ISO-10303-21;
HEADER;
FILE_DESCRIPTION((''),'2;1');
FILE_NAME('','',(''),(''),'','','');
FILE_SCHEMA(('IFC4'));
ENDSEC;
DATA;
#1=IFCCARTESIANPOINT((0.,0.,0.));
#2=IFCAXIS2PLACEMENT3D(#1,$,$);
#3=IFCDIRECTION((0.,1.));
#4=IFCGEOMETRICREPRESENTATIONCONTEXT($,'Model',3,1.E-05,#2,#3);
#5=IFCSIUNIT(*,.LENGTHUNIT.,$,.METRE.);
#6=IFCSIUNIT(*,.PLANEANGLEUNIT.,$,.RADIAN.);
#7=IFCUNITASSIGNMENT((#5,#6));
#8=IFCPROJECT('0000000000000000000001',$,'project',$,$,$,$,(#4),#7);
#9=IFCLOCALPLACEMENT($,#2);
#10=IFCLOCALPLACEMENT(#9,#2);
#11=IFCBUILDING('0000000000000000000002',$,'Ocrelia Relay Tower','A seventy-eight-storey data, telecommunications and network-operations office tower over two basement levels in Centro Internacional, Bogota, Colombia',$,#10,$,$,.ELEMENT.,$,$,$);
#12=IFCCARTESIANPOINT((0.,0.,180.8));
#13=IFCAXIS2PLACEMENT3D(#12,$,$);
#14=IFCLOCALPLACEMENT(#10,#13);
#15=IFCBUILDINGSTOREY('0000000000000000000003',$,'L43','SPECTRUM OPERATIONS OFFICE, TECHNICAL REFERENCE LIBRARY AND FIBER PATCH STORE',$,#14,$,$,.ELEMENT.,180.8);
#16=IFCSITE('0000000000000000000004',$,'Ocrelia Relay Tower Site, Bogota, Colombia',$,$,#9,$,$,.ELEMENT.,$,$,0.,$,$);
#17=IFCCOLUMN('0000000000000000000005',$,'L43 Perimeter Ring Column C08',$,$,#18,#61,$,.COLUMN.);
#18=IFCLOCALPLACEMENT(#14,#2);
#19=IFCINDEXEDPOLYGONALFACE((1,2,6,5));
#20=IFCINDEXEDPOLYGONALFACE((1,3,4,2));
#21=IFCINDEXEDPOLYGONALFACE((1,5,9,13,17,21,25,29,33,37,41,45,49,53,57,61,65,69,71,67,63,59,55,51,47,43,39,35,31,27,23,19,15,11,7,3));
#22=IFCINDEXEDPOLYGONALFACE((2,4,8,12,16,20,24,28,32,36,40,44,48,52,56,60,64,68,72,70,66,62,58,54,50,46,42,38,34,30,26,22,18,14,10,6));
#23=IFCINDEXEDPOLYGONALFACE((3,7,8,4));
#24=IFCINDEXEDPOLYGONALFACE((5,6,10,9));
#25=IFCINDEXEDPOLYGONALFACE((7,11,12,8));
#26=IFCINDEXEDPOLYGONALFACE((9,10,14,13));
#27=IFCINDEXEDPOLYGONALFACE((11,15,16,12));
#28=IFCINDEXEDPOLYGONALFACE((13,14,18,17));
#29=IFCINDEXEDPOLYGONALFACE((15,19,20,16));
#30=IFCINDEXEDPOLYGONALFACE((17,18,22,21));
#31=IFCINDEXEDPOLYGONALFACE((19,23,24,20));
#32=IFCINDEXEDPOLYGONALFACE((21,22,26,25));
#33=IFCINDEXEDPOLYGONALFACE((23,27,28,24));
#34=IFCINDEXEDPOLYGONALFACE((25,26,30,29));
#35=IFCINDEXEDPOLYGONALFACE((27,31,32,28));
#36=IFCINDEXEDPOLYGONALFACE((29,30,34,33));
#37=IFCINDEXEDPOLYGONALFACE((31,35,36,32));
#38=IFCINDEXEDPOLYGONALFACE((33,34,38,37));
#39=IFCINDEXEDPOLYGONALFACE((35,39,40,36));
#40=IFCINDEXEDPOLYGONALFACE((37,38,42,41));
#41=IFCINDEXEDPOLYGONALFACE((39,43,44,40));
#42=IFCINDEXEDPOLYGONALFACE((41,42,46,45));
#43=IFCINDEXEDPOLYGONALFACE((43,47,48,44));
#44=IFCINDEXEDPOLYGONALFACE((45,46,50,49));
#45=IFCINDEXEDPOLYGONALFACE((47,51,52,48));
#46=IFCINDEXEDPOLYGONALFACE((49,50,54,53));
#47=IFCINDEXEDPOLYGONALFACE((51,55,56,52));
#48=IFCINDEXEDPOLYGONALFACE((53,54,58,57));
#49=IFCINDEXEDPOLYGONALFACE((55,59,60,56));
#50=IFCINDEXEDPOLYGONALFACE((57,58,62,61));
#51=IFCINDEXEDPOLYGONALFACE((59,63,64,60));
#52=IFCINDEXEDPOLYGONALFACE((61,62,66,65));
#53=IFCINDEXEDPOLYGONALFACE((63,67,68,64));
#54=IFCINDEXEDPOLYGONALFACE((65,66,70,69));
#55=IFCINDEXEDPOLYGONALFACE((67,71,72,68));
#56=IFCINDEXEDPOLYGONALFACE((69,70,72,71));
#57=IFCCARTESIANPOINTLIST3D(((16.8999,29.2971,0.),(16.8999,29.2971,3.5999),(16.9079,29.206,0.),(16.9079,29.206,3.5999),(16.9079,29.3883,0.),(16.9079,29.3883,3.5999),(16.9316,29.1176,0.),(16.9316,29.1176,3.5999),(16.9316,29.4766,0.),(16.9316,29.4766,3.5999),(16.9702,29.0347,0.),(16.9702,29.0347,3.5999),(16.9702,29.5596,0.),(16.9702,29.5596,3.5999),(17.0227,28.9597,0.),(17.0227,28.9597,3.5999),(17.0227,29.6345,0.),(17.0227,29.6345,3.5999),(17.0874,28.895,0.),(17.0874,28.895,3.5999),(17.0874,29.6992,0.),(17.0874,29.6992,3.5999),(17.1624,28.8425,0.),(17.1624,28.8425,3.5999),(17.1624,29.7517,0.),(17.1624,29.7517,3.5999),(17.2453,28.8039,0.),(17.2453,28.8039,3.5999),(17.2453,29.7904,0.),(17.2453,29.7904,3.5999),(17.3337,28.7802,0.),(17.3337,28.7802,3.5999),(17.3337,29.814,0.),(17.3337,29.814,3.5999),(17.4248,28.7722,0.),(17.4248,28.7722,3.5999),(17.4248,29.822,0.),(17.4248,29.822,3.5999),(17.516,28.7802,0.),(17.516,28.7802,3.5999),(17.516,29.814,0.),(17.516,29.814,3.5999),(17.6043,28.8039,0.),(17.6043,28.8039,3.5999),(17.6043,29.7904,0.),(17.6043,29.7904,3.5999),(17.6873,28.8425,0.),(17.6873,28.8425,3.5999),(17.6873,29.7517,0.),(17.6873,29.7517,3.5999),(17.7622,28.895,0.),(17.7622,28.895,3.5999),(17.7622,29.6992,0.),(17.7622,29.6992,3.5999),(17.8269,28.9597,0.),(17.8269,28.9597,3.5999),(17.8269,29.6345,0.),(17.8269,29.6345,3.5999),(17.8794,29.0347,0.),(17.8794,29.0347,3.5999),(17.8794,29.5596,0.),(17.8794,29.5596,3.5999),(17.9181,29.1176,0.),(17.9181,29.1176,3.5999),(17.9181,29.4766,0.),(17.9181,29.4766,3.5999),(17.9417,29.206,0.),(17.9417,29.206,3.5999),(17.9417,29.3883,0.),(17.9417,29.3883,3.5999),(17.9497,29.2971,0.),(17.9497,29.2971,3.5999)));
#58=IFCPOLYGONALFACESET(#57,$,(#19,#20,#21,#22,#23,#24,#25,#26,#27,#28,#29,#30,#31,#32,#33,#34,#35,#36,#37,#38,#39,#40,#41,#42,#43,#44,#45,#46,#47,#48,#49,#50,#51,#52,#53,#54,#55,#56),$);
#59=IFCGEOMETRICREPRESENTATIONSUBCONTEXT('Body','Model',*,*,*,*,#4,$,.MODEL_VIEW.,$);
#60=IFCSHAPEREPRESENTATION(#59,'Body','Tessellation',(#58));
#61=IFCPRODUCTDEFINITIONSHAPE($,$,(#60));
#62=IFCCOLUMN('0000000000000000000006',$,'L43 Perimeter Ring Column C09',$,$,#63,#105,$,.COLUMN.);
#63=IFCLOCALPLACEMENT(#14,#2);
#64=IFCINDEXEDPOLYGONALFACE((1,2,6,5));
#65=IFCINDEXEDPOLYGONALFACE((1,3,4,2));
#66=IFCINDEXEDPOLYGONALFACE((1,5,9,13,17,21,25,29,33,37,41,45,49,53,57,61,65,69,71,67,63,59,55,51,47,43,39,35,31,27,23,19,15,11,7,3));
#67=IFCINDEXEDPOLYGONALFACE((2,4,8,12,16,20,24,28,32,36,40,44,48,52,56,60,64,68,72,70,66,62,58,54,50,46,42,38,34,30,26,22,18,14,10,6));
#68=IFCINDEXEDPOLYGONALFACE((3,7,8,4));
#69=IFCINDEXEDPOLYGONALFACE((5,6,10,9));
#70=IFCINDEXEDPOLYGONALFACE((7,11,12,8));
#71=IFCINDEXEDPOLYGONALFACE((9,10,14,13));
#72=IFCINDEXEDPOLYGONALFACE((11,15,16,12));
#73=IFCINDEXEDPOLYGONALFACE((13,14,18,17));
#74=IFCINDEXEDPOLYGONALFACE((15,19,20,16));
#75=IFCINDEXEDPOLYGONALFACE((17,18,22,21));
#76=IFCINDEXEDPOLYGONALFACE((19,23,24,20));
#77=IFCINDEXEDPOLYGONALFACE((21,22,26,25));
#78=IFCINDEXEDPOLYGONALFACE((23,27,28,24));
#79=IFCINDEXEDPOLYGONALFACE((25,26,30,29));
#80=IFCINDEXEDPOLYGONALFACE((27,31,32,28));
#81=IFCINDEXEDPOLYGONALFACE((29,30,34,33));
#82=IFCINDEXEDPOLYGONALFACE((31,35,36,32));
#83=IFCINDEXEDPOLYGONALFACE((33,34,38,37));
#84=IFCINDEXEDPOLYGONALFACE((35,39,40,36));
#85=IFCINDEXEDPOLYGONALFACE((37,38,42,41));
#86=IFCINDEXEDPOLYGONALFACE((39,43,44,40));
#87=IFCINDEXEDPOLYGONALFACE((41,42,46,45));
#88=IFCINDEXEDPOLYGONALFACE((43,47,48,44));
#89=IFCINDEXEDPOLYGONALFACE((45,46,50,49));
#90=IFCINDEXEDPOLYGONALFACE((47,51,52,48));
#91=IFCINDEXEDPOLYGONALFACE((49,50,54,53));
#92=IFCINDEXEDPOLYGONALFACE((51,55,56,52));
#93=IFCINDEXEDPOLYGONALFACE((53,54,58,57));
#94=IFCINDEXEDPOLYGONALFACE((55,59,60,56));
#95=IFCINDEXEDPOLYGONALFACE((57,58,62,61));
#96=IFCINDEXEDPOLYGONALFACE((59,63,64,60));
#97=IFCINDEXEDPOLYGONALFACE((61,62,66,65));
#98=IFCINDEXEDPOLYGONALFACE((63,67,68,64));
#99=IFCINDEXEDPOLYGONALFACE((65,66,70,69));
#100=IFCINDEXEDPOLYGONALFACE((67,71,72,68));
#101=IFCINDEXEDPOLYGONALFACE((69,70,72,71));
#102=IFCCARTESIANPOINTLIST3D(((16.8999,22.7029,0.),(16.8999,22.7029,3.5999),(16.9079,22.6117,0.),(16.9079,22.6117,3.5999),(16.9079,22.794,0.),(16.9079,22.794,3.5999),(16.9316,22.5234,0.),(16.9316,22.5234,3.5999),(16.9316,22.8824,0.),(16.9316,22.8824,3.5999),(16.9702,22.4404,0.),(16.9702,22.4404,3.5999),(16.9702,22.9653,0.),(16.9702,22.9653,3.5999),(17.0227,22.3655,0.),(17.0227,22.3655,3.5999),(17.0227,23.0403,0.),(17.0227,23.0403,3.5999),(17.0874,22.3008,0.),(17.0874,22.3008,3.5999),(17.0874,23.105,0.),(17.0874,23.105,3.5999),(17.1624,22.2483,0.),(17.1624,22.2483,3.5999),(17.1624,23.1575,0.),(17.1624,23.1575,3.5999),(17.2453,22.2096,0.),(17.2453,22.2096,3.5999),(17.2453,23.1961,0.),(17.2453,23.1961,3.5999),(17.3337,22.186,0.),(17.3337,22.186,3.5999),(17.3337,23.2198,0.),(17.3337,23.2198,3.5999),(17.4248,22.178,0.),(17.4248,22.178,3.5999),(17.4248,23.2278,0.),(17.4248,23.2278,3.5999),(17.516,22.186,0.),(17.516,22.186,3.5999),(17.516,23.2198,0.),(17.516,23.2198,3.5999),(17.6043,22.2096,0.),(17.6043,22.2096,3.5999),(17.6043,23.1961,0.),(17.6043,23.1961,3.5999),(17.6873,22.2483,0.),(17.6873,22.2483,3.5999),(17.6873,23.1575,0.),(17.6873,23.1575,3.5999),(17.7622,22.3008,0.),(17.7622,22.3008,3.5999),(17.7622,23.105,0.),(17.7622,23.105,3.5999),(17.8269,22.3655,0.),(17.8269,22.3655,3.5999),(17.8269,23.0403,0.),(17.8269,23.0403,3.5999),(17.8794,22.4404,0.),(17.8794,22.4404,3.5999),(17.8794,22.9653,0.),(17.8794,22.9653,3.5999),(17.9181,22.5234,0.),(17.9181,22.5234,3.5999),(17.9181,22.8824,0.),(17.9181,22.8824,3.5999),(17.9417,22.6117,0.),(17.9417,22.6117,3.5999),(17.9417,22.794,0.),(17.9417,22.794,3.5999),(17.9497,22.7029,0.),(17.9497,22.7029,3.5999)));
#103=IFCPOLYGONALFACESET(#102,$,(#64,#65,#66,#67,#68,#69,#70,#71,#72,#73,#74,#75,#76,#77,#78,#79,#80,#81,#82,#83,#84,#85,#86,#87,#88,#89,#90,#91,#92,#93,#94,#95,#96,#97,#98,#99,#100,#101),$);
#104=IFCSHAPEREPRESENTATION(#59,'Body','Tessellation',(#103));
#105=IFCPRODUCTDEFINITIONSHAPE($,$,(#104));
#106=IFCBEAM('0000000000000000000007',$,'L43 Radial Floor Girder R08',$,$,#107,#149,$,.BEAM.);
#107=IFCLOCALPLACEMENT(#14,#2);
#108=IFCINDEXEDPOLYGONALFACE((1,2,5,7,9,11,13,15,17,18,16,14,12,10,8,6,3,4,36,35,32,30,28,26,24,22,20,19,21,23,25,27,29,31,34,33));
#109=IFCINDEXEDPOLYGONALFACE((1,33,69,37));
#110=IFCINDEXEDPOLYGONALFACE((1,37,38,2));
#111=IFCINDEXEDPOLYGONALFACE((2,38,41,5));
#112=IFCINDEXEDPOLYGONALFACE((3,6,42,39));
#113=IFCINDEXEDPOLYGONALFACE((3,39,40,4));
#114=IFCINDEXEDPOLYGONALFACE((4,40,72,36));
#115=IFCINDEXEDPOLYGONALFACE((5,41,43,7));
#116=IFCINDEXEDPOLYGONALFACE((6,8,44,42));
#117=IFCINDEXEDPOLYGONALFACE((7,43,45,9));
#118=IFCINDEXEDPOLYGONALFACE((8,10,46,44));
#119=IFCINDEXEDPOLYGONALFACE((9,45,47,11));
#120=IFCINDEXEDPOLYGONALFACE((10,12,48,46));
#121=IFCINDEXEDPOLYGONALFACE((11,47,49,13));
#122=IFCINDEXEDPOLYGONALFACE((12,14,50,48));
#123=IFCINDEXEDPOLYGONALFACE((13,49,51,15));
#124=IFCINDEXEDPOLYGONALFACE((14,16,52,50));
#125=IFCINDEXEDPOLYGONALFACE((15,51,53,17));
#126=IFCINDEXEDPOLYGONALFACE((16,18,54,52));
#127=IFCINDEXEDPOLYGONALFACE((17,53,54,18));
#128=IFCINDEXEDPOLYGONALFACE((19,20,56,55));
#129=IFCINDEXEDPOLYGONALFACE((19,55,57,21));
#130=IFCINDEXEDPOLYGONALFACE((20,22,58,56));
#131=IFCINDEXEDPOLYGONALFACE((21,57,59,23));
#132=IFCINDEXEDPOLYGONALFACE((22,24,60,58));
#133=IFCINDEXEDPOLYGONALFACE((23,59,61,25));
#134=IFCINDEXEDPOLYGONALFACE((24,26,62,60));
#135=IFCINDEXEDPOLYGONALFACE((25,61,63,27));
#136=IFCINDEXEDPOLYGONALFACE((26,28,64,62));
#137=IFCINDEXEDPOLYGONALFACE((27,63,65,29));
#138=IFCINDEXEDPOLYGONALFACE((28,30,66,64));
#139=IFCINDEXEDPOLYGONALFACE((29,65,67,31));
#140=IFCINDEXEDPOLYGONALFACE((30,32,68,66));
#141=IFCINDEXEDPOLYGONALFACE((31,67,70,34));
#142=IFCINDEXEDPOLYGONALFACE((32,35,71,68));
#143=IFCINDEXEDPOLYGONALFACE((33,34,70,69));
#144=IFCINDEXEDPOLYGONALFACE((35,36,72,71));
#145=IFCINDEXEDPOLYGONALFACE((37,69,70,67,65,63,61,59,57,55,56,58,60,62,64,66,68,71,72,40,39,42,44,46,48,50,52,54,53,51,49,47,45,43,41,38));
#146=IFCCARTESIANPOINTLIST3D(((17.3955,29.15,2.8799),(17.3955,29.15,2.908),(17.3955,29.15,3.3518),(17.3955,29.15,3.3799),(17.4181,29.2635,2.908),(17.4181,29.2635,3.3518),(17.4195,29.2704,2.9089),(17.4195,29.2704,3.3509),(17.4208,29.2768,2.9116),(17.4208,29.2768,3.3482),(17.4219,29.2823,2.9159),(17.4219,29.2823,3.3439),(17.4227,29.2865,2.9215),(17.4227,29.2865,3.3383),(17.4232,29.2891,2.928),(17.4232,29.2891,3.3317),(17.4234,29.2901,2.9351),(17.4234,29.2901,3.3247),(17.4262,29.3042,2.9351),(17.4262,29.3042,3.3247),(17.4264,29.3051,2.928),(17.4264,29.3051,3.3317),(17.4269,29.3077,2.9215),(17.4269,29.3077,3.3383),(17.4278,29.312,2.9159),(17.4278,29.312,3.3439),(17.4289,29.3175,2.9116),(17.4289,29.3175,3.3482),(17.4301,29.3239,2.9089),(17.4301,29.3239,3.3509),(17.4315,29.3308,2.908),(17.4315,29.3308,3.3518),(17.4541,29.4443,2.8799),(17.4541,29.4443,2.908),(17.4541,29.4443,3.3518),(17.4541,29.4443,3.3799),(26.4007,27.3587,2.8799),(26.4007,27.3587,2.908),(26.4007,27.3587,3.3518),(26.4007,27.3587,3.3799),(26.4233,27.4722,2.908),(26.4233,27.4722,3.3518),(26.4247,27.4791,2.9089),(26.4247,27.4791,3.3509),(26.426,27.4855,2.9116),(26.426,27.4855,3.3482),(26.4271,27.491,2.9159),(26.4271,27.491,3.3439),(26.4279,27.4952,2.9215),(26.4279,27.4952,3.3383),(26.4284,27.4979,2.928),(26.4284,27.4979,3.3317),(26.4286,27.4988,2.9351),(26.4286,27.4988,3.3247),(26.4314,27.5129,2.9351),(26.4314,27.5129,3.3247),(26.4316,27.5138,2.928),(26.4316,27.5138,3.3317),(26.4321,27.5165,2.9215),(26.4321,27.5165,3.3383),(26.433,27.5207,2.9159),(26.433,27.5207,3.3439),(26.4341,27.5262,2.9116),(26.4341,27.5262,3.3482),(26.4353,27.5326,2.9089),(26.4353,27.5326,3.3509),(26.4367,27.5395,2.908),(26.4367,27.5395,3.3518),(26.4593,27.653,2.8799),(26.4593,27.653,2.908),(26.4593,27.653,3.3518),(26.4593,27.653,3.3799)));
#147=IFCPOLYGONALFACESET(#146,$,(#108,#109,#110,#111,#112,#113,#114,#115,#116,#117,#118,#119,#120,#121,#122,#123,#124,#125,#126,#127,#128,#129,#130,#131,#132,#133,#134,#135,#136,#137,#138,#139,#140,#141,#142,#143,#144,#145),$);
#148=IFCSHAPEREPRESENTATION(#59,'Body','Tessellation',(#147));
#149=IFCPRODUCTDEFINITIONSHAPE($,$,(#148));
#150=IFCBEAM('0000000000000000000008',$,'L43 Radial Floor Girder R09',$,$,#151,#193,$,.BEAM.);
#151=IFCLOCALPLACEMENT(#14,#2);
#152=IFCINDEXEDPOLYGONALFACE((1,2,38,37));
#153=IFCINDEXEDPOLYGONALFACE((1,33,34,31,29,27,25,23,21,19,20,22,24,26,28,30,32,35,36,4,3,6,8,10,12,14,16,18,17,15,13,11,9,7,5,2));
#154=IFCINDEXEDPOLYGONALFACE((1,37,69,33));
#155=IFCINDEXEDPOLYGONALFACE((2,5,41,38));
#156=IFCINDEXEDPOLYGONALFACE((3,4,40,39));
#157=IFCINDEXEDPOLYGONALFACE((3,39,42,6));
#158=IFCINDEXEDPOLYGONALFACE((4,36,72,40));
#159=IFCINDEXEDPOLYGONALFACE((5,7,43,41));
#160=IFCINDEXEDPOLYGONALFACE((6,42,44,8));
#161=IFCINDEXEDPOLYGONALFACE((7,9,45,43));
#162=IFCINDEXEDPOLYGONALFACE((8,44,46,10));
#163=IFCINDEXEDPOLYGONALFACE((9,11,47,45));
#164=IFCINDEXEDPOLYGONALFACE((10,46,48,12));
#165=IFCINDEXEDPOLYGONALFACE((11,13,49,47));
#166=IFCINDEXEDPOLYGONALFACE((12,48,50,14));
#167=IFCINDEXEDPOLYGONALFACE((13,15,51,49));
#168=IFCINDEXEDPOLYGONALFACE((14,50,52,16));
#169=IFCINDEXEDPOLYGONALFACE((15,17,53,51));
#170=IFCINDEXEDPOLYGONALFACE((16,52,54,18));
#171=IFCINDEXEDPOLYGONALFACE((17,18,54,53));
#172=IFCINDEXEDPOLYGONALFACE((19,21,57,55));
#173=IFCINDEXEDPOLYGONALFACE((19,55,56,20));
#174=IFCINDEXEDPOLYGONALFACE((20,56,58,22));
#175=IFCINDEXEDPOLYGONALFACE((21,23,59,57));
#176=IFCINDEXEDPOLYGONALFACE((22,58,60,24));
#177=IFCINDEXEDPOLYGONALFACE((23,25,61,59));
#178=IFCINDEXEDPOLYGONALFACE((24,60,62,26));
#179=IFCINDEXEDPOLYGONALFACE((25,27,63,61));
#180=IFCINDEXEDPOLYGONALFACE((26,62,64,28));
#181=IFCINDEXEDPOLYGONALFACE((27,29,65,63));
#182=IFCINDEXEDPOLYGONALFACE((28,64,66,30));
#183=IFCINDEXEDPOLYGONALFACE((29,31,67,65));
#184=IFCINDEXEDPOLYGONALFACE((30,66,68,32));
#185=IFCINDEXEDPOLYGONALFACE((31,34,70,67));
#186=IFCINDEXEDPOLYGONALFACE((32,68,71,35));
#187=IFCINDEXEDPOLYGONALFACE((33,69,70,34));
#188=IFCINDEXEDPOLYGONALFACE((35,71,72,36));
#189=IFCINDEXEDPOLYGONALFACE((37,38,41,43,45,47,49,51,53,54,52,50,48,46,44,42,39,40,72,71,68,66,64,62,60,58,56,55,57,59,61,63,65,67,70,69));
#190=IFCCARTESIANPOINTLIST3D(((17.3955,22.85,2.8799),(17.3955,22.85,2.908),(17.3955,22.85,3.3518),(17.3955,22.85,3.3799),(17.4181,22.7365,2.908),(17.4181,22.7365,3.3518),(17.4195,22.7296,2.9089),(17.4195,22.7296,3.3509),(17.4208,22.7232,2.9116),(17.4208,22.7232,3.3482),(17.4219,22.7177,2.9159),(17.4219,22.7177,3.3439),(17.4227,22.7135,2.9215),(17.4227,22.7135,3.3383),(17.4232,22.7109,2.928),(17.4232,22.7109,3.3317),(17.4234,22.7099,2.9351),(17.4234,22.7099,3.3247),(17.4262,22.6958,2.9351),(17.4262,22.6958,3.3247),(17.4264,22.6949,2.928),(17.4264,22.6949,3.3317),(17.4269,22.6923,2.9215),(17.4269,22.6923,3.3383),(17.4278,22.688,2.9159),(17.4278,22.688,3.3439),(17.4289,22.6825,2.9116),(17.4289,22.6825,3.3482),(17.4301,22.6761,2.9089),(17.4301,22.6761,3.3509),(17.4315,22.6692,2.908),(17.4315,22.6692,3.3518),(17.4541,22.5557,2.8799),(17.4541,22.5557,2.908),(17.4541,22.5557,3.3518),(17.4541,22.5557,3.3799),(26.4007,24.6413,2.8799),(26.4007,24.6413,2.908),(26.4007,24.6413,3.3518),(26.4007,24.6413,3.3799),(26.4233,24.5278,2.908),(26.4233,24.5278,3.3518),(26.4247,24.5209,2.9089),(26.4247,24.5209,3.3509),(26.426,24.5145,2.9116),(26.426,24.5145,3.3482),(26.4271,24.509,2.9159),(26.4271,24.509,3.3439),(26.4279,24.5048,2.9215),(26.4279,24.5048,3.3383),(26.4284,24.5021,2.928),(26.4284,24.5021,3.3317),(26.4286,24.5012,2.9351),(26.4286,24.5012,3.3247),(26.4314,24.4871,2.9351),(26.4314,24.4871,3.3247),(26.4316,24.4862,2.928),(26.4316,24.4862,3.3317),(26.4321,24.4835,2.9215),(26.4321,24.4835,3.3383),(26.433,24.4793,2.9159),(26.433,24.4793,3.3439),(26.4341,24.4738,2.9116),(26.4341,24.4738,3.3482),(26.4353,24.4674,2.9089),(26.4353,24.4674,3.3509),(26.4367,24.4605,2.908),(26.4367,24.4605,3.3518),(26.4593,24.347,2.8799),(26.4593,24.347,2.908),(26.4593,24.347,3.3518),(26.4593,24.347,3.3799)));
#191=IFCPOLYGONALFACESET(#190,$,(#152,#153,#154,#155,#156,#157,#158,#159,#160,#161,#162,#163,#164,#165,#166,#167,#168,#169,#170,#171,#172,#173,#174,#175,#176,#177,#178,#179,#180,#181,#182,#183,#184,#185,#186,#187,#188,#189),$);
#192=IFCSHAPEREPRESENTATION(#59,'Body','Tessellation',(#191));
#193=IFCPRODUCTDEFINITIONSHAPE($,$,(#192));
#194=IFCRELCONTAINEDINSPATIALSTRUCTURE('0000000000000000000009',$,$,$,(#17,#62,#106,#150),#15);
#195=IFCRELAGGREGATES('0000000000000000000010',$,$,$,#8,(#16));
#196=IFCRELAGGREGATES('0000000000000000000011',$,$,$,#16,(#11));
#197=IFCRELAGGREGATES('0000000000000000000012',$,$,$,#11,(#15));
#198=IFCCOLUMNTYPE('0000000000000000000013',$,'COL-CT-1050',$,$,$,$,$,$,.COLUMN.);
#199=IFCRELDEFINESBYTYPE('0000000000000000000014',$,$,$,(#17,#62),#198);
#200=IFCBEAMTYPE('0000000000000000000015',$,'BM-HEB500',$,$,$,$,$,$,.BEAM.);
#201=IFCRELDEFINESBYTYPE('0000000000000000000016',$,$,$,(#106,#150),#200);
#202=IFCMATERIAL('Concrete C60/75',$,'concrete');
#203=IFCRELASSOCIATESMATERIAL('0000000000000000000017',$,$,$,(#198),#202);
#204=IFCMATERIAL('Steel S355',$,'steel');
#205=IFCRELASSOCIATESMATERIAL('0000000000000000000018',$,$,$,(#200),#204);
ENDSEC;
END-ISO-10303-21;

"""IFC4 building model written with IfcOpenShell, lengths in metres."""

from ifc_helpers import new_model, si_unit, direction, frame, origin, origin_2d, place, context, subcontext, project, spatial, circle, i_section, extrude, material, material_profile, profile_set, type_object, element, save


model = new_model("IFC4")

# Units and contexts
model_context = context("Model", 3, precision=1e-05, world=origin(), true_north=direction((0.0, 1.0)))
body_context = subcontext(model_context, "Body", "Model", "MODEL_VIEW")
ifc_project = project(units=[si_unit("LENGTHUNIT", "METRE"), si_unit("PLANEANGLEUNIT", "RADIAN")], contexts=[model_context])

# Site, building, storey
site_placement = place(None, origin())
site = spatial("IfcSite", under=ifc_project, at=site_placement, Name="Ocrelia Relay Tower Site, Bogota, Colombia", CompositionType="ELEMENT", RefElevation=0.0)
building_placement = place(site_placement, origin())
building = spatial("IfcBuilding", under=site, at=building_placement, Name="Ocrelia Relay Tower", Description="A seventy-eight-storey data, telecommunications and network-operations office tower over two basement levels in Centro Internacional, Bogota, Colombia", CompositionType="ELEMENT")
storey_placement = place(building_placement, frame((0.0, 0.0, 180.8)))
storey = spatial("IfcBuildingStorey", under=building, at=storey_placement, Name="L43", Description="SPECTRUM OPERATIONS OFFICE, TECHNICAL REFERENCE LIBRARY AND FIBER PATCH STORE", CompositionType="ELEMENT", Elevation=180.8)

# Columns
ifc_material_1 = material(Name="Concrete C60/75", Category="concrete")
ifc_material_profile_1 = material_profile(ifc_material_1, circle(Radius=0.5249, at=origin_2d()), Name="RC-CIR-1050")
ifc_profile_set_1 = profile_set([ifc_material_profile_1], Name="Concrete C60/75")
column_type = type_object("IfcColumnType", Name="COL-CT-1050", PredefinedType="COLUMN", material=ifc_profile_set_1)
for number, where, z_axis, x_axis, name in (
    (1, (17.4248, 29.2971, 0.0), (0.0, 0.0, 1.0), (1.0, 0.0, 0.0), "L43 Perimeter Ring Column C08"),
    (2, (17.4248, 22.7029, 0.0), (0.0, 0.0, 1.0), (1.0, 0.0, 0.0), "L43 Perimeter Ring Column C09"),
):
    element("IfcColumn", number, at=place(storey_placement, frame(where, z_axis=z_axis, x_axis=x_axis)), inside=storey, type_object=column_type, Name=name, PredefinedType="COLUMN", context=body_context, shape_type="SweptSolid", body=[
        extrude(circle(Radius=0.5249, at=origin_2d()), origin(), (0.0, 0.0, 1.0), 3.5999),
    ])

# Beams
ifc_material_2 = material(Name="Steel S355", Category="steel")
ifc_material_profile_2 = material_profile(ifc_material_2, i_section(OverallWidth=0.3, OverallDepth=0.5, WebThickness=0.0144, FlangeThickness=0.0281, FilletRadius=0.0271, at=origin_2d()), Name="HEB 500")
ifc_profile_set_2 = profile_set([ifc_material_profile_2], Name="Steel S355")
beam_type_1 = type_object("IfcBeamType", Name="BM-HEB500", PredefinedType="BEAM", material=ifc_profile_set_2)
for number, where, z_axis, x_axis, name in (
    (3, (17.4248, 29.2971, 3.1299), (0.980785, -0.195093, 0.0), (0.195093, 0.980785, 0.0), "L43 Radial Floor Girder R08"),
    (4, (17.4248, 22.7029, 3.1299), (0.980785, 0.195093, 0.0), (-0.195093, 0.980785, 0.0), "L43 Radial Floor Girder R09"),
):
    element("IfcBeam", number, at=place(storey_placement, frame(where, z_axis=z_axis, x_axis=x_axis)), inside=storey, type_object=beam_type_1, Name=name, PredefinedType="BEAM", context=body_context, shape_type="SweptSolid", body=[
        extrude(i_section(OverallWidth=0.3, OverallDepth=0.5, WebThickness=0.0144, FlangeThickness=0.0281, FilletRadius=0.0271, at=origin_2d()), origin(), (0.0, 0.0, 1.0), 9.1816),
    ])

save(model, "model.ifc")
